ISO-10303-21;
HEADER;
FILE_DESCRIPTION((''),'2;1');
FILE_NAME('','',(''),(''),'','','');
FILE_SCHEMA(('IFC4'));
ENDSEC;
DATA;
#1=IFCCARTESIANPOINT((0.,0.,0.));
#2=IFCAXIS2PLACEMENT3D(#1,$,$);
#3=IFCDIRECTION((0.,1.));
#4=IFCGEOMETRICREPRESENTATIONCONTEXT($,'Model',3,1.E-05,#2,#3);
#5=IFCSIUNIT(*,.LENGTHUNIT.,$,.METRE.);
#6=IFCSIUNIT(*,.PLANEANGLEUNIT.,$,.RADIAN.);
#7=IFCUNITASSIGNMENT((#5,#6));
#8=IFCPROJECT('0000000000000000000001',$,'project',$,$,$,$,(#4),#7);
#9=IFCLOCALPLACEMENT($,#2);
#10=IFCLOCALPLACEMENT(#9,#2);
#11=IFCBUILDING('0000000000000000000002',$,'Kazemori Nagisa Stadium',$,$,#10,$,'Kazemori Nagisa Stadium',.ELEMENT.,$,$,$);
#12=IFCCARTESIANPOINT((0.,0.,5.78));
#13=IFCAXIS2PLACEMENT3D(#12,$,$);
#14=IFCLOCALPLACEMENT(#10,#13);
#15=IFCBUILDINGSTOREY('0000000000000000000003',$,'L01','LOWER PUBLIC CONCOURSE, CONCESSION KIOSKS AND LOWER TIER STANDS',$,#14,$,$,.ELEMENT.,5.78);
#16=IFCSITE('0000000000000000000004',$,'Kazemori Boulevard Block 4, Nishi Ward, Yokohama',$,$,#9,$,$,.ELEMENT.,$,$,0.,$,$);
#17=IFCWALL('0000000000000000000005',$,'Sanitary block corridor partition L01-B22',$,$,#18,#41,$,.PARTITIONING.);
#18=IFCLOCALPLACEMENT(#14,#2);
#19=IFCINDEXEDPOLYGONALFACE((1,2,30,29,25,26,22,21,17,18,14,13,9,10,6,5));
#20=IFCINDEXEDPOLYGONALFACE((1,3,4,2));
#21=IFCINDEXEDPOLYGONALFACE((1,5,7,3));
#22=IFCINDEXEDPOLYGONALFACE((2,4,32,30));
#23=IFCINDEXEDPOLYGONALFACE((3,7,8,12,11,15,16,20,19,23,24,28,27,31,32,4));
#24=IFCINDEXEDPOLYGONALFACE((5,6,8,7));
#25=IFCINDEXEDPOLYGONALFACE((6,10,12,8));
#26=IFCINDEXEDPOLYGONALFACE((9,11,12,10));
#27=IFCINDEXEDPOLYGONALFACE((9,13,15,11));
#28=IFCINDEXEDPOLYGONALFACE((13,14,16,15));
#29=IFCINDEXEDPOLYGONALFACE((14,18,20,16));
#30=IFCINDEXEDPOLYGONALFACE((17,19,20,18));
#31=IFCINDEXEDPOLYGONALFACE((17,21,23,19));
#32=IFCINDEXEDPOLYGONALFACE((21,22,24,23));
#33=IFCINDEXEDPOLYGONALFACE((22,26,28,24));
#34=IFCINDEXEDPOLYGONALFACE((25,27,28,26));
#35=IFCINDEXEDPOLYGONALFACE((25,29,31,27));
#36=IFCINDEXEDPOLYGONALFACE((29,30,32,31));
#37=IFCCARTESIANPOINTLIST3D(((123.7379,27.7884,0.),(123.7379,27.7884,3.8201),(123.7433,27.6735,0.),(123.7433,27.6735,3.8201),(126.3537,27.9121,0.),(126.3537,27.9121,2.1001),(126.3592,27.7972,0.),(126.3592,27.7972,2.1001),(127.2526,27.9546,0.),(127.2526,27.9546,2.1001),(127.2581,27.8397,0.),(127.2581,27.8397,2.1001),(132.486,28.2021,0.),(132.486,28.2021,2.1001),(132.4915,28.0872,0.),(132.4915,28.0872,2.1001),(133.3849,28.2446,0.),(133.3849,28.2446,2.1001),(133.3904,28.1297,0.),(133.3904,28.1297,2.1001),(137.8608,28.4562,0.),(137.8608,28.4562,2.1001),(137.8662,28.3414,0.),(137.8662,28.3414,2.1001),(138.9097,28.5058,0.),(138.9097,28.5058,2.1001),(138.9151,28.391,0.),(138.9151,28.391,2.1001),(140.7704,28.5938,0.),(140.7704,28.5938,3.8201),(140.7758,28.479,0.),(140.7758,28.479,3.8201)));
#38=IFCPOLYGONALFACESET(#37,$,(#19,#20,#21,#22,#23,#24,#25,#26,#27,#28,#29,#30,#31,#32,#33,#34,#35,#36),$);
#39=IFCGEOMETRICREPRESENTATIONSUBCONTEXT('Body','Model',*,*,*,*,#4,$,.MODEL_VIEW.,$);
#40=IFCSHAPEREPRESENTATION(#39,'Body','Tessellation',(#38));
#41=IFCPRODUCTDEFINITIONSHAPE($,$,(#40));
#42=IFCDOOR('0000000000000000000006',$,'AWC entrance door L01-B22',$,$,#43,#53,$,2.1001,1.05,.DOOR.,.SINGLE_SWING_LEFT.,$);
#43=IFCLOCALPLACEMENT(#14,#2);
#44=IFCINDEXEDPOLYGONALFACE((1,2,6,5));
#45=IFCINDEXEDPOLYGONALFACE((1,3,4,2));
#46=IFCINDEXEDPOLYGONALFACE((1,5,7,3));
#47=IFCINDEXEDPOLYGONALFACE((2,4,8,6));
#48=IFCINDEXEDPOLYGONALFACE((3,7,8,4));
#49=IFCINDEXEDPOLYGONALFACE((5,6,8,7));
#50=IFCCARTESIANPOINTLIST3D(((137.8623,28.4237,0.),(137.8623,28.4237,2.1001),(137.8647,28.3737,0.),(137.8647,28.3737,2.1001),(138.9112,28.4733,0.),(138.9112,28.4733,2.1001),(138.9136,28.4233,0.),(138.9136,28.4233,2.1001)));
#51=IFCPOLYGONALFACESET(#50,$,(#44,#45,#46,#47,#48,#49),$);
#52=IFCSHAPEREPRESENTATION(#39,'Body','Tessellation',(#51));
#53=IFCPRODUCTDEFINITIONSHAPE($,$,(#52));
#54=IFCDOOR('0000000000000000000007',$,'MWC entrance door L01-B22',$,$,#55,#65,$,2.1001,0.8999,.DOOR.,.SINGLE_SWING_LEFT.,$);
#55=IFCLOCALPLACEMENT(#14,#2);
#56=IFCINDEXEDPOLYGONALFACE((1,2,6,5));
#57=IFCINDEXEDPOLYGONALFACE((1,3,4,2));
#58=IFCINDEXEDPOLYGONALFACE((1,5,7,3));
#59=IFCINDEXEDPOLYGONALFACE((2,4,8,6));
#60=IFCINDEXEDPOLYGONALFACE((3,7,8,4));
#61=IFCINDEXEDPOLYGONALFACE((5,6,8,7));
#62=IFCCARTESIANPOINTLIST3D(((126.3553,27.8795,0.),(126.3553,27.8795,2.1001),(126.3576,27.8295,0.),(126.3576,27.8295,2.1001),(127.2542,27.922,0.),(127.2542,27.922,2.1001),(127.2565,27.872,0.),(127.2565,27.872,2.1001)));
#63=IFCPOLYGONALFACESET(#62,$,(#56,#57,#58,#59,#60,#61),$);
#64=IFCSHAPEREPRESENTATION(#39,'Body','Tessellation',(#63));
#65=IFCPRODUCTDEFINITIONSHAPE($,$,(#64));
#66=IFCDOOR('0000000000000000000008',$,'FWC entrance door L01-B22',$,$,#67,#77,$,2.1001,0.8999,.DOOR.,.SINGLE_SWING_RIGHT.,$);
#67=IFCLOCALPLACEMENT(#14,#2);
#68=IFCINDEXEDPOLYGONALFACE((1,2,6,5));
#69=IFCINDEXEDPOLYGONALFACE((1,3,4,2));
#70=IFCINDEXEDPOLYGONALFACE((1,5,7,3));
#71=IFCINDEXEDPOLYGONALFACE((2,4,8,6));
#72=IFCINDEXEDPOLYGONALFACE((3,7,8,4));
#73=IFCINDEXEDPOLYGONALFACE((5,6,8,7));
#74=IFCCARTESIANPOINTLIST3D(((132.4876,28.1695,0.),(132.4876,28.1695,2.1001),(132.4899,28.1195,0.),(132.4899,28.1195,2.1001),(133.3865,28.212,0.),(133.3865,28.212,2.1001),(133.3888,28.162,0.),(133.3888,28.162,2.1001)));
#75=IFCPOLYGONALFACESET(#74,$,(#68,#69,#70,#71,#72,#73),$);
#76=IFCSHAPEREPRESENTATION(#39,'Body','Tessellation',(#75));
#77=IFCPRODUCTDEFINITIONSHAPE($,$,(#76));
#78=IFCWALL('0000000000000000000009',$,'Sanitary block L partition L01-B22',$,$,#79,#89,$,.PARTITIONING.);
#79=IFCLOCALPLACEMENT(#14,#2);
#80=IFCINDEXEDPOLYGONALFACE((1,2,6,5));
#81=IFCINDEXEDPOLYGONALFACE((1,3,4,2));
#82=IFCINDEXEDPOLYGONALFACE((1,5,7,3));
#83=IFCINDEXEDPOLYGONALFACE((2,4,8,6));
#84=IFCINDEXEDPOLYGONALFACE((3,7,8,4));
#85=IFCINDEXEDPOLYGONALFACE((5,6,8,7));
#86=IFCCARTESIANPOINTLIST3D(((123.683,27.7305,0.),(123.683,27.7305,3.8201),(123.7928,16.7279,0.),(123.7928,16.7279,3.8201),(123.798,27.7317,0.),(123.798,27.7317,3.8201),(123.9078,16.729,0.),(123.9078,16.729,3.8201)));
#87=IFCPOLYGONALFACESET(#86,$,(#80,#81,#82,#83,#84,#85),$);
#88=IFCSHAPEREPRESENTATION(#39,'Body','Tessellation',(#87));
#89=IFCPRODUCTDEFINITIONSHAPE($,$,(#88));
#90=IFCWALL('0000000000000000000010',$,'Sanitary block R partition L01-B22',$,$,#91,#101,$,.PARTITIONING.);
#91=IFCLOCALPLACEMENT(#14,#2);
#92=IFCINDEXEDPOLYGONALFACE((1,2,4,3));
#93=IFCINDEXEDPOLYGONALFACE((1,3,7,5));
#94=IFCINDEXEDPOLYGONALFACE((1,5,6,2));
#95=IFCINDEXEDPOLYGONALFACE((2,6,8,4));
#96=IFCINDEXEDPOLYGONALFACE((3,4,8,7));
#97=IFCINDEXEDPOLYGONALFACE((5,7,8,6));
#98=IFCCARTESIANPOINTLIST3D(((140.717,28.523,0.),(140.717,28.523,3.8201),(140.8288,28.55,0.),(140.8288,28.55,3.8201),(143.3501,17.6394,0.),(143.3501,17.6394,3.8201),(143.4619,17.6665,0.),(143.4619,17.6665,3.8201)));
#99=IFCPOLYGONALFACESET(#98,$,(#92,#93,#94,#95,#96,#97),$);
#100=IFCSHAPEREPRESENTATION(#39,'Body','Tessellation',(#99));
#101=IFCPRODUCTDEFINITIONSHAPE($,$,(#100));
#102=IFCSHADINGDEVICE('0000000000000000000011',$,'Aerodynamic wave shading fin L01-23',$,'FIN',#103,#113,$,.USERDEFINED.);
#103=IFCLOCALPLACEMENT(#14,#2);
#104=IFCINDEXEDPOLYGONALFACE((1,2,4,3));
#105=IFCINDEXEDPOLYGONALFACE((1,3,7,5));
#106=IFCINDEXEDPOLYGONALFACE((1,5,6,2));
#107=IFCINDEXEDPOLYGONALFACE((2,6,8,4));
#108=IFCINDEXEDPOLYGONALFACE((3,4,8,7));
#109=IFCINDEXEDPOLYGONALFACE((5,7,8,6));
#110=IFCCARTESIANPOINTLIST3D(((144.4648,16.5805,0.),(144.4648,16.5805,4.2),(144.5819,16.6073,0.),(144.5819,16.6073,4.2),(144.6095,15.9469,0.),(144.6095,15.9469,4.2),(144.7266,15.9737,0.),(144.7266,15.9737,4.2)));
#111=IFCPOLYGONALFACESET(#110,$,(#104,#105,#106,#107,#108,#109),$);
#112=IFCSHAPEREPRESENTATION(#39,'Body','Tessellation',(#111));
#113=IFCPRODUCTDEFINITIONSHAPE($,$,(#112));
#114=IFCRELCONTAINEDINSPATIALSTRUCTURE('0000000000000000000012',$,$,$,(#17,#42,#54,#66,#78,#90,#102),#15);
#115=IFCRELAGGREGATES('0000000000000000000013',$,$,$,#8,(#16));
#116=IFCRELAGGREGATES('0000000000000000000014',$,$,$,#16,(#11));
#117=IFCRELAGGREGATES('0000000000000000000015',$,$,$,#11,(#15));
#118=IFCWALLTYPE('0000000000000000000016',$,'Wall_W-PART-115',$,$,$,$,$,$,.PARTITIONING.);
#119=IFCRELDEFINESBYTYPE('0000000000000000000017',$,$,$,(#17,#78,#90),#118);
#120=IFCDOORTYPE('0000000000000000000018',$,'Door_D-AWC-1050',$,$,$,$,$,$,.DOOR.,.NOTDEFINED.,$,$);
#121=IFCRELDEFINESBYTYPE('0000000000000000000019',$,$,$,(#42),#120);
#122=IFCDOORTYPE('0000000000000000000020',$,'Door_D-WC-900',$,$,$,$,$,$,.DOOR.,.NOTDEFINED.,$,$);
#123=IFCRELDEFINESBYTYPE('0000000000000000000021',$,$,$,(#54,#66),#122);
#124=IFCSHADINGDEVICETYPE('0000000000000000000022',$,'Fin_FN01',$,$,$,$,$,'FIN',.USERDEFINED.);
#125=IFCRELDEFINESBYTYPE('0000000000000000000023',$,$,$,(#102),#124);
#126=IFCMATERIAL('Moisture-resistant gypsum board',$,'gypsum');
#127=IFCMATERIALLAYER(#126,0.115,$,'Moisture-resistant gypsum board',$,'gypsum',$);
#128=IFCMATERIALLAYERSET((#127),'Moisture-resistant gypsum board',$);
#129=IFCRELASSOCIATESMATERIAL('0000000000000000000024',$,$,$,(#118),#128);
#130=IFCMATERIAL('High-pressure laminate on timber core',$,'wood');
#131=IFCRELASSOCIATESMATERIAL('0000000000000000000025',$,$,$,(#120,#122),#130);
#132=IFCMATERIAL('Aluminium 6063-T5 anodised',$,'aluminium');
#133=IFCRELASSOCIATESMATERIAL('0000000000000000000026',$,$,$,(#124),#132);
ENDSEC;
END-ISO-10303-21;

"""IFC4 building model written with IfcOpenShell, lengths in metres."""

from ifc_helpers import new_model, si_unit, direction, frame, frame_2d, origin, origin_2d, place, context, subcontext, project, spatial, rectangle, extrude, material, layer, layer_set, type_object, element, fill, save


model = new_model("IFC4")

# Units and contexts
model_context = context("Model", 3, precision=1e-05, world=origin(), true_north=direction((0.0, 1.0)))
body_context = subcontext(model_context, "Body", "Model", "MODEL_VIEW")
ifc_project = project(units=[si_unit("LENGTHUNIT", "METRE"), si_unit("PLANEANGLEUNIT", "RADIAN")], contexts=[model_context])

# Site, building, storey
site_placement = place(None, origin())
site = spatial("IfcSite", under=ifc_project, at=site_placement, Name="Kazemori Boulevard Block 4, Nishi Ward, Yokohama", CompositionType="ELEMENT", RefElevation=0.0)
building_placement = place(site_placement, origin())
building = spatial("IfcBuilding", under=site, at=building_placement, Name="Kazemori Nagisa Stadium", LongName="Kazemori Nagisa Stadium", CompositionType="ELEMENT")
storey_placement = place(building_placement, frame((0.0, 0.0, 5.78)))
storey = spatial("IfcBuildingStorey", under=building, at=storey_placement, Name="L01", Description="LOWER PUBLIC CONCOURSE, CONCESSION KIOSKS AND LOWER TIER STANDS", CompositionType="ELEMENT", Elevation=5.78)

# Shared definitions
ifc_material_1 = material(Name="Aluminium 6063-T5 anodised", Category="aluminium")

# Wall, openings, doors
ifc_material_2 = material(Name="Moisture-resistant gypsum board", Category="gypsum")
ifc_layer_1 = layer(ifc_material_2, 0.115, Name="Moisture-resistant gypsum board", Category="gypsum")
ifc_layer_set_1 = layer_set([ifc_layer_1], Name="Moisture-resistant gypsum board")
wall_type_1 = type_object("IfcWallType", Name="Wall_W-PART-115", PredefinedType="PARTITIONING", material=ifc_layer_set_1)
wall_1_placement = place(storey_placement, frame((123.7405, 27.731, 0.0), z_axis=(0.0, 0.0, 1.0), x_axis=(0.998884, 0.047235, 0.0)))
wall_1 = element("IfcWall", 1, at=wall_1_placement, inside=storey, type_object=wall_type_1, Name="Sanitary block corridor partition L01-B22", PredefinedType="PARTITIONING", context=body_context, shape_type="SweptSolid", body=[
    extrude(rectangle(XDim=17.0515, YDim=0.115, at=frame_2d((8.5259, 0.0))), origin(), (0.0, 0.0, 1.0), 3.8201),
])
opening_1_placement = place(wall_1_placement, frame((2.6189, 0.0, 0.0)))
opening_1 = element("IfcOpeningElement", 2, at=opening_1_placement, cuts=wall_1, PredefinedType="OPENING", context=body_context, shape_type="SweptSolid", body=[
    extrude(rectangle(XDim=0.8999, YDim=2.1001, at=frame_2d((0.45, 1.05))), frame((0.0, 0.0674, 0.0), z_axis=(0.0, -1.0, 0.0), x_axis=(1.0, 0.0, 0.0)), (0.0, 0.0, 1.0), 0.135),
])
opening_2_placement = place(wall_1_placement, frame((8.7581, 0.0, 0.0)))
opening_2 = element("IfcOpeningElement", 3, at=opening_2_placement, cuts=wall_1, PredefinedType="OPENING", context=body_context, shape_type="SweptSolid", body=[
    extrude(rectangle(XDim=0.8999, YDim=2.1001, at=frame_2d((0.45, 1.05))), frame((0.0, 0.0674, 0.0), z_axis=(0.0, -1.0, 0.0), x_axis=(1.0, 0.0, 0.0)), (0.0, 0.0, 1.0), 0.135),
])
opening_3_placement = place(wall_1_placement, frame((14.1389, 0.0, 0.0)))
opening_3 = element("IfcOpeningElement", 4, at=opening_3_placement, cuts=wall_1, PredefinedType="OPENING", context=body_context, shape_type="SweptSolid", body=[
    extrude(rectangle(XDim=1.05, YDim=2.1001, at=frame_2d((0.5249, 1.05))), frame((0.0, 0.0674, 0.0), z_axis=(0.0, -1.0, 0.0), x_axis=(1.0, 0.0, 0.0)), (0.0, 0.0, 1.0), 0.135),
])
ifc_material_3 = material(Name="High-pressure laminate on timber core", Category="wood")
door_type_1 = type_object("IfcDoorType", Name="Door_D-AWC-1050", OperationType="NOTDEFINED", PredefinedType="DOOR", material=ifc_material_3)
door_1_placement = place(opening_3_placement, origin())
door_1 = element("IfcDoor", 5, at=door_1_placement, inside=storey, type_object=door_type_1, Name="AWC entrance door L01-B22", OperationType="SINGLE_SWING_LEFT", OverallHeight=2.1001, OverallWidth=1.05, PredefinedType="DOOR", context=body_context, shape_type="SweptSolid", body=[
    extrude(rectangle(XDim=1.05, YDim=2.1001, at=frame_2d((0.5249, 1.05))), frame((0.0, 0.0249, 0.0), z_axis=(0.0, -1.0, 0.0), x_axis=(1.0, 0.0, 0.0)), (0.0, 0.0, 1.0), 0.05),
])
fill(opening_3, door_1)
door_type_2 = type_object("IfcDoorType", Name="Door_D-WC-900", OperationType="NOTDEFINED", PredefinedType="DOOR", material=ifc_material_3)
door_2_placement = place(opening_1_placement, origin())
door_2 = element("IfcDoor", 6, at=door_2_placement, inside=storey, type_object=door_type_2, Name="MWC entrance door L01-B22", OperationType="SINGLE_SWING_LEFT", OverallHeight=2.1001, OverallWidth=0.8999, PredefinedType="DOOR", context=body_context, shape_type="SweptSolid", body=[
    extrude(rectangle(XDim=0.8999, YDim=2.1001, at=frame_2d((0.45, 1.05))), frame((0.0, 0.0249, 0.0), z_axis=(0.0, -1.0, 0.0), x_axis=(1.0, 0.0, 0.0)), (0.0, 0.0, 1.0), 0.05),
])
fill(opening_1, door_2)
door_3_placement = place(opening_2_placement, origin())
door_3 = element("IfcDoor", 7, at=door_3_placement, inside=storey, type_object=door_type_2, Name="FWC entrance door L01-B22", OperationType="SINGLE_SWING_RIGHT", OverallHeight=2.1001, OverallWidth=0.8999, PredefinedType="DOOR", context=body_context, shape_type="SweptSolid", body=[
    extrude(rectangle(XDim=0.8999, YDim=2.1001, at=frame_2d((0.45, 1.05))), frame((0.0, 0.0249, 0.0), z_axis=(0.0, -1.0, 0.0), x_axis=(1.0, 0.0, 0.0)), (0.0, 0.0, 1.0), 0.05),
])
fill(opening_2, door_3)

# Walls
wall_2_placement = place(storey_placement, frame((123.7405, 27.731, 0.0), z_axis=(0.0, 0.0, 1.0), x_axis=(0.009985, -0.99995, 0.0)))
element("IfcWall", 8, at=wall_2_placement, inside=storey, type_object=wall_type_1, Name="Sanitary block L partition L01-B22", PredefinedType="PARTITIONING", context=body_context, shape_type="SweptSolid", body=[
    extrude(rectangle(XDim=11.0032, YDim=0.115, at=frame_2d((5.5015, 0.0))), origin(), (0.0, 0.0, 1.0), 3.8201),
])
wall_3_placement = place(storey_placement, frame((140.7729, 28.5364, 0.0), z_axis=(0.0, 0.0, 1.0), x_axis=(0.235146, -0.97196, 0.0)))
element("IfcWall", 9, at=wall_3_placement, inside=storey, type_object=wall_type_1, Name="Sanitary block R partition L01-B22", PredefinedType="PARTITIONING", context=body_context, shape_type="SweptSolid", body=[
    extrude(rectangle(XDim=11.1975, YDim=0.115, at=frame_2d((5.5986, 0.0))), origin(), (0.0, 0.0, 1.0), 3.8201),
])

# Shading device
shading_device_type = type_object("IfcShadingDeviceType", Name="Fin_FN01", ElementType="FIN", PredefinedType="USERDEFINED", material=ifc_material_1)
shading_device_placement = place(storey_placement, frame((144.5957, 16.2771, 0.0), z_axis=(0.0, 0.0, 1.0), x_axis=(0.222521, -0.974928, 0.0)))
element("IfcShadingDevice", 10, at=shading_device_placement, inside=storey, type_object=shading_device_type, Name="Aerodynamic wave shading fin L01-23", ObjectType="FIN", PredefinedType="USERDEFINED", context=body_context, shape_type="SweptSolid", body=[
    extrude(rectangle(XDim=0.6499, YDim=0.1201, at=origin_2d()), origin(), (0.0, 0.0, 1.0), 4.2),
])

save(model, "model.ifc")
